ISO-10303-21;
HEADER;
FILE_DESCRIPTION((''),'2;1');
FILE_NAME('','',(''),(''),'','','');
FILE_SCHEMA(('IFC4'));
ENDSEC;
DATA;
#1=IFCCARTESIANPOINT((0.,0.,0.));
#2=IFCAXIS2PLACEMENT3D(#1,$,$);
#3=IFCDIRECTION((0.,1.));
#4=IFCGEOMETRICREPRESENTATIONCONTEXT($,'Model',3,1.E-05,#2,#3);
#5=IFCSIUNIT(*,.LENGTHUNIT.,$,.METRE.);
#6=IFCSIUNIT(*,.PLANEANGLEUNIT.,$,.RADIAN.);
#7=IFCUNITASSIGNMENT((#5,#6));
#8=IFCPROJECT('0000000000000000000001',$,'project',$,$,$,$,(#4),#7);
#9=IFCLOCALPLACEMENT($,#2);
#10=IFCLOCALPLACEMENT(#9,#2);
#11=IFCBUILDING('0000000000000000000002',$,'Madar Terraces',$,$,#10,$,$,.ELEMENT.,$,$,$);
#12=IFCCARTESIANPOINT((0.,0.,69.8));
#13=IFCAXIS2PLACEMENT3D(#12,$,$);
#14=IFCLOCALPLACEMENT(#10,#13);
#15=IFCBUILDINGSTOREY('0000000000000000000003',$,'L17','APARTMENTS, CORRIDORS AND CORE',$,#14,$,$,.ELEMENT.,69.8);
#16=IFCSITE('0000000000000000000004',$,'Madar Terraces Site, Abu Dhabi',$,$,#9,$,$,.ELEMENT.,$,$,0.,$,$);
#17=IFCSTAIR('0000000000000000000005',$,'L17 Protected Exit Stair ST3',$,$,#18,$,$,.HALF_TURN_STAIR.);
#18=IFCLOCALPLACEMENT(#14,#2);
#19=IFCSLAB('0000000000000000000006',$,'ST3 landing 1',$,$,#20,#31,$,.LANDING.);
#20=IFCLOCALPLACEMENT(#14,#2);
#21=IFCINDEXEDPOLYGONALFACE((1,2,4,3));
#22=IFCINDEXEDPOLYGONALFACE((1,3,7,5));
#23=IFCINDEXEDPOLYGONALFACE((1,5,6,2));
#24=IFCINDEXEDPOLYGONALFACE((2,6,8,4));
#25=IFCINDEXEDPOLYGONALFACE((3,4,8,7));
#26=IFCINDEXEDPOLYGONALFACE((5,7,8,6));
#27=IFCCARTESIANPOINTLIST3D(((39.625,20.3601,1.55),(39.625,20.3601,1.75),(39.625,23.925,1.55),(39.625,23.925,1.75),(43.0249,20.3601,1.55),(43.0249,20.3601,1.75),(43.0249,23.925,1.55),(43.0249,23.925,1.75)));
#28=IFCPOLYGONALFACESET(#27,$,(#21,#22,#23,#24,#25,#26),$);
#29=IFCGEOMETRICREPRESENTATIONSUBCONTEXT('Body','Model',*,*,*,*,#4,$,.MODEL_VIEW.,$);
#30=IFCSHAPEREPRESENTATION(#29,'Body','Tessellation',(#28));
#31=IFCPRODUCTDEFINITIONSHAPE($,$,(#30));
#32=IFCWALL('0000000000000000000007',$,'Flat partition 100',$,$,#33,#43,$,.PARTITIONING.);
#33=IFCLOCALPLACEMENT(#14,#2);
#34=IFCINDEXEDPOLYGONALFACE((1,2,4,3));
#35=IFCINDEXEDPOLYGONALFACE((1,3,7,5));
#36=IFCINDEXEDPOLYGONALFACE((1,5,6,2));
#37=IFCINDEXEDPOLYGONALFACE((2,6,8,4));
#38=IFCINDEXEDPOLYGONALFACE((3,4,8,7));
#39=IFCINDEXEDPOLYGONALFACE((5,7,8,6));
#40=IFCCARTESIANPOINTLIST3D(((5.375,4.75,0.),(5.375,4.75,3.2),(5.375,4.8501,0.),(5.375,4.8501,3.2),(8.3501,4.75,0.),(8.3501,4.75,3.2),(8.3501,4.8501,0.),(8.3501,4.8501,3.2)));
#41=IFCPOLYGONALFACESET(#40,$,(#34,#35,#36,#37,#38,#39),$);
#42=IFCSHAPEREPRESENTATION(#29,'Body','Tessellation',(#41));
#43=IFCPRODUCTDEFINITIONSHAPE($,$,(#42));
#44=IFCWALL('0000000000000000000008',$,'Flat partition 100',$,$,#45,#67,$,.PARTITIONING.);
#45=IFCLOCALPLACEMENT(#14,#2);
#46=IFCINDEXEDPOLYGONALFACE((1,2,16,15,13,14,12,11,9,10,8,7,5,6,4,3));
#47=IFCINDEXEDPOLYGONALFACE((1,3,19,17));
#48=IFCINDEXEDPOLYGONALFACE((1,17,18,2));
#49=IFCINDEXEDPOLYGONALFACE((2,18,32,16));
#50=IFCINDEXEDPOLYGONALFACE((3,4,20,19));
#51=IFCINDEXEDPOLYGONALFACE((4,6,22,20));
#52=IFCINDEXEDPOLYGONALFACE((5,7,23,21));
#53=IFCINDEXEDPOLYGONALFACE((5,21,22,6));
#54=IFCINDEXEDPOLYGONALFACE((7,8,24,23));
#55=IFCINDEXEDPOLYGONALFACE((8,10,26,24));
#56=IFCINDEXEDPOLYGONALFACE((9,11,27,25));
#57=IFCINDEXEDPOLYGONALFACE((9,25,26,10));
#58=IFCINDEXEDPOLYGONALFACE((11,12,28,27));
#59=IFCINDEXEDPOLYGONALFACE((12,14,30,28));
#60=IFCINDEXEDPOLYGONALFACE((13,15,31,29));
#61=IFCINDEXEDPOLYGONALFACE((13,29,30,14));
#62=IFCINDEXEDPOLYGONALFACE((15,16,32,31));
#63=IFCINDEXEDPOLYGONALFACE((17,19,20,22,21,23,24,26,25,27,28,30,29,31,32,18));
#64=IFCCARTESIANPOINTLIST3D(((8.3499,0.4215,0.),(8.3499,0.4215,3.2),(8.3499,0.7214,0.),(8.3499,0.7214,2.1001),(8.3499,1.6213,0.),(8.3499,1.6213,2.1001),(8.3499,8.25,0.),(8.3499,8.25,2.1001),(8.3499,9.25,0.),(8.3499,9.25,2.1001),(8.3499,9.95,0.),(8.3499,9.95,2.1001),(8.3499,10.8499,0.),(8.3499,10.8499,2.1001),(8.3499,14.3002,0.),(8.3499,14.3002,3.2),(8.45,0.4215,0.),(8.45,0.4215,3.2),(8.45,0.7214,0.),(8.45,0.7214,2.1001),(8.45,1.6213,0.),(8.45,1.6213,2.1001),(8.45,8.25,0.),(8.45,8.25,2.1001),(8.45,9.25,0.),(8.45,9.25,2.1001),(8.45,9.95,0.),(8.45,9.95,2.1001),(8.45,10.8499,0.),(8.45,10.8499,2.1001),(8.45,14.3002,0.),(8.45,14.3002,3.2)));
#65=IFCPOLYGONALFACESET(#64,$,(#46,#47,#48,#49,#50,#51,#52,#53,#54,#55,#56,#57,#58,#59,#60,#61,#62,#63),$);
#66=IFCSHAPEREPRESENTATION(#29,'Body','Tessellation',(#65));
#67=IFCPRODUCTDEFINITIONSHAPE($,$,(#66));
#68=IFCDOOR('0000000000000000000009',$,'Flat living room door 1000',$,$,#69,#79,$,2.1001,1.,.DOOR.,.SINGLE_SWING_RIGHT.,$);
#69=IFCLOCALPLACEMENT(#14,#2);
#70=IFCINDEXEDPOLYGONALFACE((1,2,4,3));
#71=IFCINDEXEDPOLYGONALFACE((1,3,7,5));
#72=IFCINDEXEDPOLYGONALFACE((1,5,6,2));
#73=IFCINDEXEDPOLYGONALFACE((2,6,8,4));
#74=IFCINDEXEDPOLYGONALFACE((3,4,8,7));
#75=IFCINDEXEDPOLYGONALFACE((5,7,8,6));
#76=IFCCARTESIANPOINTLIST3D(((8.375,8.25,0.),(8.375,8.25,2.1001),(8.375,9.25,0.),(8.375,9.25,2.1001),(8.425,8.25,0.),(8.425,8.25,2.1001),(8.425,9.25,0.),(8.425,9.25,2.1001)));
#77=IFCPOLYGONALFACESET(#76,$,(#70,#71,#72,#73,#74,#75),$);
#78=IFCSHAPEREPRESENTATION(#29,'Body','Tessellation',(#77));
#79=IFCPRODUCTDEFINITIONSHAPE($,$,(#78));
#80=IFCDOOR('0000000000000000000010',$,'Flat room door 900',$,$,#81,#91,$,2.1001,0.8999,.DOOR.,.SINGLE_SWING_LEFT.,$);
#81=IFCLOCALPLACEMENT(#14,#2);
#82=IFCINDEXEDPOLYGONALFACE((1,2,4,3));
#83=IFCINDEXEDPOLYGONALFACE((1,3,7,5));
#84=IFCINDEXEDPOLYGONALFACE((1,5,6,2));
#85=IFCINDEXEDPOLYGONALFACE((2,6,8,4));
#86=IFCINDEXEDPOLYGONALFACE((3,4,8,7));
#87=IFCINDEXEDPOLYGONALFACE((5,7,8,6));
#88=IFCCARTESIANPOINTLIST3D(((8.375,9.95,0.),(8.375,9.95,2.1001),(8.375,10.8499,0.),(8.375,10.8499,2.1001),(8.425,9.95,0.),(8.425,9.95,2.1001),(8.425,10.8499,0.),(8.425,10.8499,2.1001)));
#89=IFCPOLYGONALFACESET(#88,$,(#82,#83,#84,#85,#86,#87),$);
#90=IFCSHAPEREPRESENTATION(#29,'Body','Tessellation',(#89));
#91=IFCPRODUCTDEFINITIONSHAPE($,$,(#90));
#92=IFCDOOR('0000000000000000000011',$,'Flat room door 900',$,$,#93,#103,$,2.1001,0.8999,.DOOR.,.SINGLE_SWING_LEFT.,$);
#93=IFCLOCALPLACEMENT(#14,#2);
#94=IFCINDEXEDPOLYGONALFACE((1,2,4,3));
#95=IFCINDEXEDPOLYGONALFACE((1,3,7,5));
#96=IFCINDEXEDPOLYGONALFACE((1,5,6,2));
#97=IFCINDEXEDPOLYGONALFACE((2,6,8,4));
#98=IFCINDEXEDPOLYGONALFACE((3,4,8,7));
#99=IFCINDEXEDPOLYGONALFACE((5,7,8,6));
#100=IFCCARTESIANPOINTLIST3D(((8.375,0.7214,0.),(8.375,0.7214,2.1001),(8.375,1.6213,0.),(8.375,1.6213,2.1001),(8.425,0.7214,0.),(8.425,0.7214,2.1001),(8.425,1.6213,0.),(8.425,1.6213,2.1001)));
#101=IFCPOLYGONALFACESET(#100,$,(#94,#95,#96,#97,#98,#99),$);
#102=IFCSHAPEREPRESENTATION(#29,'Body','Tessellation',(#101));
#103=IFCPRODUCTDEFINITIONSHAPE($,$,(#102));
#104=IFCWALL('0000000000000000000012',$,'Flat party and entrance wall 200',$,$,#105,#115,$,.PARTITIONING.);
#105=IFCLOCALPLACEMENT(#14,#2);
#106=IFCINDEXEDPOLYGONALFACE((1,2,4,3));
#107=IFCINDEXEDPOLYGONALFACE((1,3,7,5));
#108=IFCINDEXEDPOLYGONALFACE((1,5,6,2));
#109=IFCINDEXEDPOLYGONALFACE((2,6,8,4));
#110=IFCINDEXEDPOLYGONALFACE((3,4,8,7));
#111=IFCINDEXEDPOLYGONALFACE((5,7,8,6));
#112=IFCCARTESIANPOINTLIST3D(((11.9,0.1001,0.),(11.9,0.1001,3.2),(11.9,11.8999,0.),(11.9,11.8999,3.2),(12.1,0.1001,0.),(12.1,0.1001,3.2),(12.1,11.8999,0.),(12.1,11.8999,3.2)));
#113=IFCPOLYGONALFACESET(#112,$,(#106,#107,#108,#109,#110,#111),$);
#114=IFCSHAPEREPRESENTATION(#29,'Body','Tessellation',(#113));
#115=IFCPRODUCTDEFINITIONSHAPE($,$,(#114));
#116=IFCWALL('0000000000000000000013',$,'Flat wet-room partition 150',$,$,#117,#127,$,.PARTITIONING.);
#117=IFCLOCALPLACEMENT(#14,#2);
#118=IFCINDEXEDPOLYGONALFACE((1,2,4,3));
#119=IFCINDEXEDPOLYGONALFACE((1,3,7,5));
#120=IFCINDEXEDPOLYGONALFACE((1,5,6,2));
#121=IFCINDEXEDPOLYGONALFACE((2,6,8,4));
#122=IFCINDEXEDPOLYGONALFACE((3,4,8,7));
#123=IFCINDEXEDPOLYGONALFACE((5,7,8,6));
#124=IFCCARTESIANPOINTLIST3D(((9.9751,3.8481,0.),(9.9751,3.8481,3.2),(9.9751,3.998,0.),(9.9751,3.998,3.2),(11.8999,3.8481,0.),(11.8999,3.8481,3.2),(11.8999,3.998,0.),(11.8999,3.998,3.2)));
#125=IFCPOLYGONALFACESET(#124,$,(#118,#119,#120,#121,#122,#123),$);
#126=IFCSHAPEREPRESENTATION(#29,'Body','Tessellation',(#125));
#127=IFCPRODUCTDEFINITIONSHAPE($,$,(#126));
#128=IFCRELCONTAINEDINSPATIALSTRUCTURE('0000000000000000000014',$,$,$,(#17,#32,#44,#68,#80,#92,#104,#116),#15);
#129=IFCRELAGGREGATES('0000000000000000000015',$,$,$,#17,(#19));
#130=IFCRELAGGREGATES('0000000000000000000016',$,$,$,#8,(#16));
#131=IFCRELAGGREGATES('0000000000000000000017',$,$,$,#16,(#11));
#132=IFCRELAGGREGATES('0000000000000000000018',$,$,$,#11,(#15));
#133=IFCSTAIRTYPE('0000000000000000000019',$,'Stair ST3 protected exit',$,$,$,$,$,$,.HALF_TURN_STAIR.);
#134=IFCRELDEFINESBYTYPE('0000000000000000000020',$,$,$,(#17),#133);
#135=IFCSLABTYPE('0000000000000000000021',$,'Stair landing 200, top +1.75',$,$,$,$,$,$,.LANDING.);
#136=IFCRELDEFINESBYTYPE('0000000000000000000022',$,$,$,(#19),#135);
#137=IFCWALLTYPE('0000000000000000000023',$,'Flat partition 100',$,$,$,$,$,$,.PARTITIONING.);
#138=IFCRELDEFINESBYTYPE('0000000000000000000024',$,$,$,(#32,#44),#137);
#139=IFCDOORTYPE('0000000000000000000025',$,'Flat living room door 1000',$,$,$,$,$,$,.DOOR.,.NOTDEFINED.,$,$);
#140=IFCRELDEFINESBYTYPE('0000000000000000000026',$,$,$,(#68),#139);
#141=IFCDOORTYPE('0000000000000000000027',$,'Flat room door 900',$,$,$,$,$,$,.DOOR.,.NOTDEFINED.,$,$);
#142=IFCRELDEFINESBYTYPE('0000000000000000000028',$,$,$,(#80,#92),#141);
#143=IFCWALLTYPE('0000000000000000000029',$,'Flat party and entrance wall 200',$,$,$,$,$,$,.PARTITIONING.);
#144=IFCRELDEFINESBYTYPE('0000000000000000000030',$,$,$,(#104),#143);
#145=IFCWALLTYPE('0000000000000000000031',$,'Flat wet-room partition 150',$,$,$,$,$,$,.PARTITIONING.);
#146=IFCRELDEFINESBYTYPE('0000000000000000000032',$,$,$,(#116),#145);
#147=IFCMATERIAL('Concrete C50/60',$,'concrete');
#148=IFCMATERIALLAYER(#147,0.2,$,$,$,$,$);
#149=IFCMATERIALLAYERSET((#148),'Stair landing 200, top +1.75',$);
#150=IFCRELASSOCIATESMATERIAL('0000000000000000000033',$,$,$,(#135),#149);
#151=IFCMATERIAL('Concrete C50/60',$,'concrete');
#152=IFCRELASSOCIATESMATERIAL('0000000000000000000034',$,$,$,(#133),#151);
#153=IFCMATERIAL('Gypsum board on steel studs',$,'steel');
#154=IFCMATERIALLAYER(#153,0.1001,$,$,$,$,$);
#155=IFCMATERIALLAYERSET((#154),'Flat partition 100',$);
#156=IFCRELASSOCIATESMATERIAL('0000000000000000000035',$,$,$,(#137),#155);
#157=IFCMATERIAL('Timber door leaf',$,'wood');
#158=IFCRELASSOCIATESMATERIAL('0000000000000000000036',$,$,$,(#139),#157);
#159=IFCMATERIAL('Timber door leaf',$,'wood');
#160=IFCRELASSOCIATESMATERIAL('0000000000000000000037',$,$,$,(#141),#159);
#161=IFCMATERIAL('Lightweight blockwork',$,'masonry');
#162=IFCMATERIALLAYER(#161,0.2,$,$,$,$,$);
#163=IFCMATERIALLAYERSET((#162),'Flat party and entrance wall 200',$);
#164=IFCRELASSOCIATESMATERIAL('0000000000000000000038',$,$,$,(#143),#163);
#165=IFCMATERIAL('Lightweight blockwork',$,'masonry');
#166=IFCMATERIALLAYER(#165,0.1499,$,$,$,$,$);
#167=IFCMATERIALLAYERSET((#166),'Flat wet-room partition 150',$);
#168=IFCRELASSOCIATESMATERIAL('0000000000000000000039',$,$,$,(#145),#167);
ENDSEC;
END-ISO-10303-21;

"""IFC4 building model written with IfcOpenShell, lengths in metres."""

from ifc_helpers import new_model, si_unit, direction, frame, frame_2d, origin, place, context, subcontext, project, spatial, polyline, rectangle, outline, extrude, material, layer, layer_set, type_object, element, fill, aggregate, save


model = new_model("IFC4")

# Units and contexts
model_context = context("Model", 3, precision=1e-05, world=origin(), true_north=direction((0.0, 1.0)))
body_context = subcontext(model_context, "Body", "Model", "MODEL_VIEW")
ifc_project = project(units=[si_unit("LENGTHUNIT", "METRE"), si_unit("PLANEANGLEUNIT", "RADIAN")], contexts=[model_context])

# Site, building, storey
site_placement = place(None, origin())
site = spatial("IfcSite", under=ifc_project, at=site_placement, Name="Madar Terraces Site, Abu Dhabi", CompositionType="ELEMENT", RefElevation=0.0)
building_placement = place(site_placement, origin())
building = spatial("IfcBuilding", under=site, at=building_placement, Name="Madar Terraces", CompositionType="ELEMENT")
storey_placement = place(building_placement, frame((0.0, 0.0, 69.8)))
storey = spatial("IfcBuildingStorey", under=building, at=storey_placement, Name="L17", Description="APARTMENTS, CORRIDORS AND CORE", CompositionType="ELEMENT", Elevation=69.8)

# Stair, slab
ifc_material_1 = material(Name="Concrete C50/60", Category="concrete")
ifc_layer_1 = layer(ifc_material_1, 0.2)
ifc_layer_set_1 = layer_set([ifc_layer_1], Name="Stair landing 200, top +1.75")
slab_type_1 = type_object("IfcSlabType", Name="Stair landing 200, top +1.75", PredefinedType="LANDING", material=ifc_layer_set_1)
ifc_material_2 = material(Name="Concrete C50/60", Category="concrete")
stair_type_1 = type_object("IfcStairType", Name="Stair ST3 protected exit", PredefinedType="HALF_TURN_STAIR", material=ifc_material_2)
stair_1_placement = place(storey_placement, origin())
stair_1 = element("IfcStair", 1, at=stair_1_placement, inside=storey, type_object=stair_type_1, Name="L17 Protected Exit Stair ST3", PredefinedType="HALF_TURN_STAIR")
slab_1_placement = place(storey_placement, frame((0.0, 0.0, 1.55)))
slab_1 = element("IfcSlab", 2, at=slab_1_placement, type_object=slab_type_1, Name="ST3 landing 1", PredefinedType="LANDING", context=body_context, shape_type="SweptSolid", body=[
    extrude(outline(polyline([(39.625, 20.3601), (43.0249, 20.3601), (43.0249, 23.925), (39.625, 23.925), (39.625, 20.3601)])), origin(), (0.0, 0.0, 1.0), 0.2),
])
aggregate(stair_1, [slab_1])

# Wall
ifc_material_3 = material(Name="Gypsum board on steel studs", Category="steel")
ifc_layer_2 = layer(ifc_material_3, 0.1001)
ifc_layer_set_2 = layer_set([ifc_layer_2], Name="Flat partition 100")
wall_type_1 = type_object("IfcWallType", Name="Flat partition 100", PredefinedType="PARTITIONING", material=ifc_layer_set_2)
wall_1_placement = place(storey_placement, frame((8.3501, 4.8, 0.0), z_axis=(0.0, 0.0, 1.0), x_axis=(-1.0, 0.0, 0.0)))
element("IfcWall", 3, at=wall_1_placement, inside=storey, type_object=wall_type_1, Name="Flat partition 100", PredefinedType="PARTITIONING", context=body_context, shape_type="SweptSolid", body=[
    extrude(rectangle(XDim=2.9751, YDim=0.1001, at=frame_2d((1.4875, 0.0))), origin(), (0.0, 0.0, 1.0), 3.2),
])

# Wall, openings, doors
wall_2_placement = place(storey_placement, frame((8.3999, 0.4214, 0.0), z_axis=(0.0, 0.0, 1.0), x_axis=(0.0, 1.0, 0.0)))
wall_2 = element("IfcWall", 4, at=wall_2_placement, inside=storey, type_object=wall_type_1, Name="Flat partition 100", PredefinedType="PARTITIONING", context=body_context, shape_type="SweptSolid", body=[
    extrude(rectangle(XDim=13.8787, YDim=0.1001, at=frame_2d((6.9395, 0.0))), origin(), (0.0, 0.0, 1.0), 3.2),
])
opening_1_placement = place(wall_2_placement, frame((9.5286, 0.0, 0.0)))
opening_1 = element("IfcOpeningElement", 5, at=opening_1_placement, cuts=wall_2, PredefinedType="OPENING", context=body_context, shape_type="SweptSolid", body=[
    extrude(rectangle(XDim=0.8999, YDim=2.1001, at=frame_2d((0.45, 1.05))), frame((0.0, 0.0601, 0.0), z_axis=(0.0, -1.0, 0.0), x_axis=(1.0, 0.0, 0.0)), (0.0, 0.0, 1.0), 0.1201),
])
opening_2_placement = place(wall_2_placement, frame((7.8286, 0.0, 0.0)))
opening_2 = element("IfcOpeningElement", 6, at=opening_2_placement, cuts=wall_2, PredefinedType="OPENING", context=body_context, shape_type="SweptSolid", body=[
    extrude(rectangle(XDim=1.0, YDim=2.1001, at=frame_2d((0.5, 1.05))), frame((0.0, 0.0601, 0.0), z_axis=(0.0, -1.0, 0.0), x_axis=(1.0, 0.0, 0.0)), (0.0, 0.0, 1.0), 0.1201),
])
opening_3_placement = place(wall_2_placement, frame((0.3, 0.0, 0.0)))
opening_3 = element("IfcOpeningElement", 7, at=opening_3_placement, cuts=wall_2, PredefinedType="OPENING", context=body_context, shape_type="SweptSolid", body=[
    extrude(rectangle(XDim=0.8999, YDim=2.1001, at=frame_2d((0.45, 1.05))), frame((0.0, 0.0601, 0.0), z_axis=(0.0, -1.0, 0.0), x_axis=(1.0, 0.0, 0.0)), (0.0, 0.0, 1.0), 0.1201),
])
ifc_material_4 = material(Name="Timber door leaf", Category="wood")
door_type_1 = type_object("IfcDoorType", Name="Flat living room door 1000", OperationType="NOTDEFINED", PredefinedType="DOOR", material=ifc_material_4)
door_1_placement = place(opening_2_placement, origin())
door_1 = element("IfcDoor", 8, at=door_1_placement, inside=storey, type_object=door_type_1, Name="Flat living room door 1000", OperationType="SINGLE_SWING_RIGHT", OverallHeight=2.1001, OverallWidth=1.0, PredefinedType="DOOR", context=body_context, shape_type="SweptSolid", body=[
    extrude(rectangle(XDim=1.0, YDim=2.1001, at=frame_2d((0.5, 1.05))), frame((0.0, 0.0249, 0.0), z_axis=(0.0, -1.0, 0.0), x_axis=(1.0, 0.0, 0.0)), (0.0, 0.0, 1.0), 0.05),
])
fill(opening_2, door_1)
ifc_material_5 = material(Name="Timber door leaf", Category="wood")
door_type_2 = type_object("IfcDoorType", Name="Flat room door 900", OperationType="NOTDEFINED", PredefinedType="DOOR", material=ifc_material_5)
door_2_placement = place(opening_1_placement, origin())
door_2 = element("IfcDoor", 9, at=door_2_placement, inside=storey, type_object=door_type_2, Name="Flat room door 900", OperationType="SINGLE_SWING_LEFT", OverallHeight=2.1001, OverallWidth=0.8999, PredefinedType="DOOR", context=body_context, shape_type="SweptSolid", body=[
    extrude(rectangle(XDim=0.8999, YDim=2.1001, at=frame_2d((0.45, 1.05))), frame((0.0, 0.0249, 0.0), z_axis=(0.0, -1.0, 0.0), x_axis=(1.0, 0.0, 0.0)), (0.0, 0.0, 1.0), 0.05),
])
fill(opening_1, door_2)
door_3_placement = place(opening_3_placement, origin())
door_3 = element("IfcDoor", 10, at=door_3_placement, inside=storey, type_object=door_type_2, Name="Flat room door 900", OperationType="SINGLE_SWING_LEFT", OverallHeight=2.1001, OverallWidth=0.8999, PredefinedType="DOOR", context=body_context, shape_type="SweptSolid", body=[
    extrude(rectangle(XDim=0.8999, YDim=2.1001, at=frame_2d((0.45, 1.05))), frame((0.0, 0.0249, 0.0), z_axis=(0.0, -1.0, 0.0), x_axis=(1.0, 0.0, 0.0)), (0.0, 0.0, 1.0), 0.05),
])
fill(opening_3, door_3)

# Walls
ifc_material_6 = material(Name="Lightweight blockwork", Category="masonry")
ifc_layer_3 = layer(ifc_material_6, 0.2)
ifc_layer_set_3 = layer_set([ifc_layer_3], Name="Flat party and entrance wall 200")
wall_type_2 = type_object("IfcWallType", Name="Flat party and entrance wall 200", PredefinedType="PARTITIONING", material=ifc_layer_set_3)
wall_3_placement = place(storey_placement, frame((12.0, 0.1001, 0.0), z_axis=(0.0, 0.0, 1.0), x_axis=(0.0, 1.0, 0.0)))
element("IfcWall", 11, at=wall_3_placement, inside=storey, type_object=wall_type_2, Name="Flat party and entrance wall 200", PredefinedType="PARTITIONING", context=body_context, shape_type="SweptSolid", body=[
    extrude(rectangle(XDim=11.7998, YDim=0.2, at=frame_2d((5.8999, 0.0))), origin(), (0.0, 0.0, 1.0), 3.2),
])
ifc_material_7 = material(Name="Lightweight blockwork", Category="masonry")
ifc_layer_4 = layer(ifc_material_7, 0.1499)
ifc_layer_set_4 = layer_set([ifc_layer_4], Name="Flat wet-room partition 150")
wall_type_3 = type_object("IfcWallType", Name="Flat wet-room partition 150", PredefinedType="PARTITIONING", material=ifc_layer_set_4)
wall_4_placement = place(storey_placement, frame((11.8999, 3.9231, 0.0), z_axis=(0.0, 0.0, 1.0), x_axis=(-1.0, 0.0, 0.0)))
element("IfcWall", 12, at=wall_4_placement, inside=storey, type_object=wall_type_3, Name="Flat wet-room partition 150", PredefinedType="PARTITIONING", context=body_context, shape_type="SweptSolid", body=[
    extrude(rectangle(XDim=1.9248, YDim=0.1499, at=frame_2d((0.9624, 0.0))), origin(), (0.0, 0.0, 1.0), 3.2),
])

save(model, "model.ifc")
